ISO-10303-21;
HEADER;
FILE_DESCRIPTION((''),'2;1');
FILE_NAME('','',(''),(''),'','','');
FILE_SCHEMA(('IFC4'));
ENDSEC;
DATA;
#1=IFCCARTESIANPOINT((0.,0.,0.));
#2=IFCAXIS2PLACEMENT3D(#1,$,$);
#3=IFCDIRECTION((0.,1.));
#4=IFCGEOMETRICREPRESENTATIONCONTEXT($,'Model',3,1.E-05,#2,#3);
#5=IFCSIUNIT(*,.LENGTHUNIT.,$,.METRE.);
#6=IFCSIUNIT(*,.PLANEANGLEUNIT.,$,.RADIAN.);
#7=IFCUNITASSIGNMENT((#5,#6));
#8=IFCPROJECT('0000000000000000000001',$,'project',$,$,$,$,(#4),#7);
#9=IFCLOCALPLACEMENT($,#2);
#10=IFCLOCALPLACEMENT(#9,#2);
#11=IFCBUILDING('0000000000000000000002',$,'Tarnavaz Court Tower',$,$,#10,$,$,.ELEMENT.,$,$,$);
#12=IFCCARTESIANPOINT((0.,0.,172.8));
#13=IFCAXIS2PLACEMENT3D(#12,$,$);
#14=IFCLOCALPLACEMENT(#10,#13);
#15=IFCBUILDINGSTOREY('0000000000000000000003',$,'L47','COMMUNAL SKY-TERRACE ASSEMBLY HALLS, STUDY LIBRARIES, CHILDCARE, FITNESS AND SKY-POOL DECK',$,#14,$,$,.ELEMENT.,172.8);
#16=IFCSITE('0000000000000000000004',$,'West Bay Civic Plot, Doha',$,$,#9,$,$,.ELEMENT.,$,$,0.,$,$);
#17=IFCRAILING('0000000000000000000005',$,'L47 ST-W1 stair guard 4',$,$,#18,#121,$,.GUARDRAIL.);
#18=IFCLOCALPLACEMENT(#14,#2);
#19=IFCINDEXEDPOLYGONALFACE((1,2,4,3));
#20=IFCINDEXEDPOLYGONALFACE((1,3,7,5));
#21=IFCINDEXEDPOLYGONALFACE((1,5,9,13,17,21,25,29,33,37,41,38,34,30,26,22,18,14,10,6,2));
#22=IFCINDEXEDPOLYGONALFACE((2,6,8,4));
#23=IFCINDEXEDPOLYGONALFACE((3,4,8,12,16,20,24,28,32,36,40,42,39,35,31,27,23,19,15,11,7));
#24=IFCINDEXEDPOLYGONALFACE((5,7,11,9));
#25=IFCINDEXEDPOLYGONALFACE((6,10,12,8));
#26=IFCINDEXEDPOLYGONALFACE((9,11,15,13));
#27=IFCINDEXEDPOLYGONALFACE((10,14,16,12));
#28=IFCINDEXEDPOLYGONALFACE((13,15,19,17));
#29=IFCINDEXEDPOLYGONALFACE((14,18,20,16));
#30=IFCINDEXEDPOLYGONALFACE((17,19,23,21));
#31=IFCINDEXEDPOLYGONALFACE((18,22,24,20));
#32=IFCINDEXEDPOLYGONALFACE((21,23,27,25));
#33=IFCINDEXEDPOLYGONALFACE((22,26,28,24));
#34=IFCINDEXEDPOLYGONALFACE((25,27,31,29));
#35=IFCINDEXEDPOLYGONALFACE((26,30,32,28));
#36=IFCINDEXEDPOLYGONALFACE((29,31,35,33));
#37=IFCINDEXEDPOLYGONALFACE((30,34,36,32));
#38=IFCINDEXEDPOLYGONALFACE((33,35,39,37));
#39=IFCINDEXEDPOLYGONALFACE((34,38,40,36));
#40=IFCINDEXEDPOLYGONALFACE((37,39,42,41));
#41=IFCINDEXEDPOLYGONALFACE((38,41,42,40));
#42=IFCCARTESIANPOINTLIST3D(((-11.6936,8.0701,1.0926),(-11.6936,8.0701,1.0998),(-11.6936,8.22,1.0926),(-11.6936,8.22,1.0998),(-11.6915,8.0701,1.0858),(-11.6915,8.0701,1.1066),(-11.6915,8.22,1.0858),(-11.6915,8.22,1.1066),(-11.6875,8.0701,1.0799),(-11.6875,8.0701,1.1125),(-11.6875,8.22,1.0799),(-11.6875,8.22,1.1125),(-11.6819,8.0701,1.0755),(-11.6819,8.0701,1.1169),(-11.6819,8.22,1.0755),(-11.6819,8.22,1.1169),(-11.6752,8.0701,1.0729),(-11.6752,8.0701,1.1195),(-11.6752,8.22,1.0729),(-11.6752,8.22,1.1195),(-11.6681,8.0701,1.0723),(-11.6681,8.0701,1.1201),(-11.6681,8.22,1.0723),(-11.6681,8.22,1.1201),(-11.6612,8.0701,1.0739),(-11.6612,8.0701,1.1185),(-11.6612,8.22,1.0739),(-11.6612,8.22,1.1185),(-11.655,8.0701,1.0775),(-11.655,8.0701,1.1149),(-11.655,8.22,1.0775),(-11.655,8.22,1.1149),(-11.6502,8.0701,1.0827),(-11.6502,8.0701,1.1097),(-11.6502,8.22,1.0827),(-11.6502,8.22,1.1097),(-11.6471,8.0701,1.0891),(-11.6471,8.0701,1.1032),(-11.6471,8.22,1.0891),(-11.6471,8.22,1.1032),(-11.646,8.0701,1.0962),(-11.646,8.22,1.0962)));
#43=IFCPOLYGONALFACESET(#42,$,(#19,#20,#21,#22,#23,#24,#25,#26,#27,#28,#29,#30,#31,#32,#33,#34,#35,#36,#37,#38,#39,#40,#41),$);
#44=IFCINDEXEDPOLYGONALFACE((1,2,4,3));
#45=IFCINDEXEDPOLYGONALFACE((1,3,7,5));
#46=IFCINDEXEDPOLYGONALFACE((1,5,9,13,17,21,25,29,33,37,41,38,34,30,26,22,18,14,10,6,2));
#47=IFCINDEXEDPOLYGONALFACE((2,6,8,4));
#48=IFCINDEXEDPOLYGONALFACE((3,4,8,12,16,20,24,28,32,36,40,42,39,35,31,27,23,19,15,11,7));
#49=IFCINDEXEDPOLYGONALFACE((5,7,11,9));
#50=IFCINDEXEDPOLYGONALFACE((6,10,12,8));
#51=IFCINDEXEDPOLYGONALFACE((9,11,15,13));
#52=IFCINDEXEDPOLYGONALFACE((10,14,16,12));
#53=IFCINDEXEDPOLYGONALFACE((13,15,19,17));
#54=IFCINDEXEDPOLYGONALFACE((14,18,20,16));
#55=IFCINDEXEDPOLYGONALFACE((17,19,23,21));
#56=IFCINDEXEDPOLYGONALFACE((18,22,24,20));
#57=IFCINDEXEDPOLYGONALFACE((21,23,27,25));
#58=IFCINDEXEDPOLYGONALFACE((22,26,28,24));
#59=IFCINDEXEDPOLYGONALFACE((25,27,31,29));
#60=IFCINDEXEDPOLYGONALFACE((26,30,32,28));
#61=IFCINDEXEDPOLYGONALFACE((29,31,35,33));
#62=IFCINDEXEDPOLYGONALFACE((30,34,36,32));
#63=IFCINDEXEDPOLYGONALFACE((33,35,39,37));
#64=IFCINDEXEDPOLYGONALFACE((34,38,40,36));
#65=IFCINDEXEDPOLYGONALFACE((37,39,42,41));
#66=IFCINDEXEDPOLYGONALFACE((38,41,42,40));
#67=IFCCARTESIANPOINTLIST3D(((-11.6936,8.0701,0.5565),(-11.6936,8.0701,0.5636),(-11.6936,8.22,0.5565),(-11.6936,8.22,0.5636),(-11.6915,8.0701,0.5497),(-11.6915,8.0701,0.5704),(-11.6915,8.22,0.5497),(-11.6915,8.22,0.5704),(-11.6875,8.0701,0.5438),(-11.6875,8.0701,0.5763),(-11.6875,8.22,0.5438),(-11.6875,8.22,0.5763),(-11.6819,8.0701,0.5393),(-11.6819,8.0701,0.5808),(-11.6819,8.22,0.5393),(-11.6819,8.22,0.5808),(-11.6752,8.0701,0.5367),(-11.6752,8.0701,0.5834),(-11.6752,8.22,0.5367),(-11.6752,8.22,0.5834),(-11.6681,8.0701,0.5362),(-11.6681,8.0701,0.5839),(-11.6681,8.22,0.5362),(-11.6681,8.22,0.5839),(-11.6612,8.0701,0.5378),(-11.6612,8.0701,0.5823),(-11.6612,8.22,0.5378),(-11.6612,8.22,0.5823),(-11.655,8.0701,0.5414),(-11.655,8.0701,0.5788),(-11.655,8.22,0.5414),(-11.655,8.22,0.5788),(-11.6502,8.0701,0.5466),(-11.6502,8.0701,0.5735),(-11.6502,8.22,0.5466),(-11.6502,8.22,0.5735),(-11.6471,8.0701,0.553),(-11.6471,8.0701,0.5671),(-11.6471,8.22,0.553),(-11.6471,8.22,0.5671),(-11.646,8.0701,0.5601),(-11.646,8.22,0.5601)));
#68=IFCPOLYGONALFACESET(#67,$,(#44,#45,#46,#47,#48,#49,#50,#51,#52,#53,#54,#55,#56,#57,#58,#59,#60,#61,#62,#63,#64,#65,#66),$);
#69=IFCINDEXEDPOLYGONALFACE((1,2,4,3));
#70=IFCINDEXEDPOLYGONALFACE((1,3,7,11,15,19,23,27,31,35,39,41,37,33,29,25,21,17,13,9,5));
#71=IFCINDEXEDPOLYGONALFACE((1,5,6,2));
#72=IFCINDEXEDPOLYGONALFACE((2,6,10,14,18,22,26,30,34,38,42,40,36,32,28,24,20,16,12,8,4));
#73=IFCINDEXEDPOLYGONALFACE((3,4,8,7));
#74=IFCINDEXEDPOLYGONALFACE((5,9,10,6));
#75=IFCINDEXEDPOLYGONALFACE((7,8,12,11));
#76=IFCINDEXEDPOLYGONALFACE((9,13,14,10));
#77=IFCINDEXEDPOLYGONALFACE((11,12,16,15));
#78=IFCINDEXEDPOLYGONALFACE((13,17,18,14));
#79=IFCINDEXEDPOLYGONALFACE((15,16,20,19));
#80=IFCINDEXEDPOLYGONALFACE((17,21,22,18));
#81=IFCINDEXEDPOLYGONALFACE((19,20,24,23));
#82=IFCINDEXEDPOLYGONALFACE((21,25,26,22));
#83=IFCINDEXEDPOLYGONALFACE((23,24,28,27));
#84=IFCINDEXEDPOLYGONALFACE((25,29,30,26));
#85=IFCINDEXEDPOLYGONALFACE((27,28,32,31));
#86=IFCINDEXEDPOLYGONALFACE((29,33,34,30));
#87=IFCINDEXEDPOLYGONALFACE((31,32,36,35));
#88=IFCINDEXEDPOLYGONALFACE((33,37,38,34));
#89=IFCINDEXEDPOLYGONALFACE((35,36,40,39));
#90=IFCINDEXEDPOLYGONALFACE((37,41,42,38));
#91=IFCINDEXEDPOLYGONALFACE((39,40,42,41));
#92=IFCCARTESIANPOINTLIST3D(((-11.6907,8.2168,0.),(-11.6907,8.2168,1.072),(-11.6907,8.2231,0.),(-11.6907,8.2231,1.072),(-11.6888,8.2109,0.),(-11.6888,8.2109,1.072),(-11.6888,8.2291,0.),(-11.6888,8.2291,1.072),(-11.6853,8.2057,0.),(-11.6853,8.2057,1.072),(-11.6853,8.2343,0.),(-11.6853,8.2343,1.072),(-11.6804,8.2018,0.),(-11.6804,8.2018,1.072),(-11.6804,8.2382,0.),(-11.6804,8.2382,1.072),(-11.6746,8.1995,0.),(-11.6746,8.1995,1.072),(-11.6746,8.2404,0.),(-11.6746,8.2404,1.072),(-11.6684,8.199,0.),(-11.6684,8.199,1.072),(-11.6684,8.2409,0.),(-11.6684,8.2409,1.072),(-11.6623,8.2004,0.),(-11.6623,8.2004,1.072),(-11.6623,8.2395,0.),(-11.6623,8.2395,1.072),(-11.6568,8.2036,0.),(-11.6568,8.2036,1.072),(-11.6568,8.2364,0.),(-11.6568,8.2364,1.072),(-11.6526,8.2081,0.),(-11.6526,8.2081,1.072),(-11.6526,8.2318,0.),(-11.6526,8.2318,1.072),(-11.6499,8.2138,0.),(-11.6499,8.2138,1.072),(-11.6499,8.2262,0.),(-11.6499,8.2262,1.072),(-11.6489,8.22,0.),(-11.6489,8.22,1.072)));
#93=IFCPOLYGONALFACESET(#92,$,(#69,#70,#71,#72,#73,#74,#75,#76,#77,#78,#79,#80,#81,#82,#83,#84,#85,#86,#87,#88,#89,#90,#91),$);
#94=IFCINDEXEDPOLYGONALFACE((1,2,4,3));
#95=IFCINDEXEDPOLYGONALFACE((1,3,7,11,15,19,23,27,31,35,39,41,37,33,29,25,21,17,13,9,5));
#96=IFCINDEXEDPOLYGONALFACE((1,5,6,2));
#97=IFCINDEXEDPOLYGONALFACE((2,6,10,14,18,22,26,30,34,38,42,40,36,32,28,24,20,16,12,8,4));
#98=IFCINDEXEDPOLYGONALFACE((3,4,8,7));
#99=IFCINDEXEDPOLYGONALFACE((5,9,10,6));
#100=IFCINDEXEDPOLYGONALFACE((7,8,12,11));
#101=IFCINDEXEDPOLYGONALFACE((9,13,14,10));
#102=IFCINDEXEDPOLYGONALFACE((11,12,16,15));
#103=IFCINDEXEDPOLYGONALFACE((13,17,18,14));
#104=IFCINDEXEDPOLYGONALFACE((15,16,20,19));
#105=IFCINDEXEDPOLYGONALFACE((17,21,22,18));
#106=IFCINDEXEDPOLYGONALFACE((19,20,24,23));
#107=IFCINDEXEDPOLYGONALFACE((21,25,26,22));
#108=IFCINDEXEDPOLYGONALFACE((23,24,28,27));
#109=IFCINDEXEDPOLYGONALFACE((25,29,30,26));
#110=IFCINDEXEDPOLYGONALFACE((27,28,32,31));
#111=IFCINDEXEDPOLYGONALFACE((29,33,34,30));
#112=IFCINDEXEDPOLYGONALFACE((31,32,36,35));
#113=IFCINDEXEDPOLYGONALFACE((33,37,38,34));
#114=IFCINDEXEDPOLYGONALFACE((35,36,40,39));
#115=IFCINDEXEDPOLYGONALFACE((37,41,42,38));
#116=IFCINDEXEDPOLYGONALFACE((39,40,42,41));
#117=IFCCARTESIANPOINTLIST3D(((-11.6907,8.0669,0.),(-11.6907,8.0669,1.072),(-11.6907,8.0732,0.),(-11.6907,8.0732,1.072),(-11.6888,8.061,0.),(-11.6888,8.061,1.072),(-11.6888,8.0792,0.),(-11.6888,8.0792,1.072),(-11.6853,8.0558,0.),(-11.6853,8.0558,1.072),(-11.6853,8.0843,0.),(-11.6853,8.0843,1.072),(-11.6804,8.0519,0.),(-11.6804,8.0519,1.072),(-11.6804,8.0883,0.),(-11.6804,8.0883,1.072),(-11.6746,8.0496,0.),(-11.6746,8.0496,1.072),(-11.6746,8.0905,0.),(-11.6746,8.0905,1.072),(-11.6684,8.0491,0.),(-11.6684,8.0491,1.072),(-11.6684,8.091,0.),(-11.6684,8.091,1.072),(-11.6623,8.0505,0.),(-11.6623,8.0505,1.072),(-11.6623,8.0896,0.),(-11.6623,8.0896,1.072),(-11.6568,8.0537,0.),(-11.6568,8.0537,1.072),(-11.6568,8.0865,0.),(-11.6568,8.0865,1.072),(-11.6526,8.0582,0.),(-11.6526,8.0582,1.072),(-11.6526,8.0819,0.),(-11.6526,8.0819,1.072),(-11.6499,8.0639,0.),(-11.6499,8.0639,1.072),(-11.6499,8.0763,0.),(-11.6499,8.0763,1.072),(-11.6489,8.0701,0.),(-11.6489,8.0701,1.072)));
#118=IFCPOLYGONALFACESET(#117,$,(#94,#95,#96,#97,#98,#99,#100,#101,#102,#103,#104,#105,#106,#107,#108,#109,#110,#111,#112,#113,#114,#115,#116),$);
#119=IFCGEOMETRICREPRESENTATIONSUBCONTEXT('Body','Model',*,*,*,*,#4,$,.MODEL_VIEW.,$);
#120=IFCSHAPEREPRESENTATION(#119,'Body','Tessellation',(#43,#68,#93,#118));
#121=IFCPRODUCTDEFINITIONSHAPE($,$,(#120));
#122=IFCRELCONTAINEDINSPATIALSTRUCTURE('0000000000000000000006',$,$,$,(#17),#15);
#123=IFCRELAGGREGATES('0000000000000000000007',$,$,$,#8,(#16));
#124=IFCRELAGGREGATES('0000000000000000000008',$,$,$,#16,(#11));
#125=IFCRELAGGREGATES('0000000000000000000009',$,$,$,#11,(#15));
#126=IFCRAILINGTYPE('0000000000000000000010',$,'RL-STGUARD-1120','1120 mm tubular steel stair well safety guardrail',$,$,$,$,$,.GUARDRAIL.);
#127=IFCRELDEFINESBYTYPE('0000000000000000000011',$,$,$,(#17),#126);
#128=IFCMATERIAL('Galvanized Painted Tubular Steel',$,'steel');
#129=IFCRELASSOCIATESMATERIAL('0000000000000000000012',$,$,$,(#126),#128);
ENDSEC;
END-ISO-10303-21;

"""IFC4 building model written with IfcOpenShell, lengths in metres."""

from ifc_helpers import new_model, si_unit, direction, frame, origin, origin_2d, place, context, subcontext, project, spatial, circle, extrude, material, type_object, element, save


model = new_model("IFC4")

# Units and contexts
model_context = context("Model", 3, precision=1e-05, world=origin(), true_north=direction((0.0, 1.0)))
body_context = subcontext(model_context, "Body", "Model", "MODEL_VIEW")
ifc_project = project(units=[si_unit("LENGTHUNIT", "METRE"), si_unit("PLANEANGLEUNIT", "RADIAN")], contexts=[model_context])

# Site, building, storey
site_placement = place(None, origin())
site = spatial("IfcSite", under=ifc_project, at=site_placement, Name="West Bay Civic Plot, Doha", CompositionType="ELEMENT", RefElevation=0.0)
building_placement = place(site_placement, origin())
building = spatial("IfcBuilding", under=site, at=building_placement, Name="Tarnavaz Court Tower", CompositionType="ELEMENT")
storey_placement = place(building_placement, frame((0.0, 0.0, 172.8)))
storey = spatial("IfcBuildingStorey", under=building, at=storey_placement, Name="L47", Description="COMMUNAL SKY-TERRACE ASSEMBLY HALLS, STUDY LIBRARIES, CHILDCARE, FITNESS AND SKY-POOL DECK", CompositionType="ELEMENT", Elevation=172.8)

# Railing
ifc_material_1 = material(Name="Galvanized Painted Tubular Steel", Category="steel")
railing_type_1 = type_object("IfcRailingType", Name="RL-STGUARD-1120", Description="1120 mm tubular steel stair well safety guardrail", PredefinedType="GUARDRAIL", material=ifc_material_1)
railing_1_placement = place(storey_placement, frame((-11.6699, 8.22, 0.0)))
element("IfcRailing", 1, at=railing_1_placement, inside=storey, type_object=railing_type_1, Name="L47 ST-W1 stair guard 4", PredefinedType="GUARDRAIL", context=body_context, shape_type="SweptSolid", body=[
    extrude(circle(Radius=0.0239, at=origin_2d()), frame((0.0, 0.0, 1.0962), z_axis=(0.0, -1.0, 0.0), x_axis=(1.0, 0.0, 0.0)), (0.0, 0.0, 1.0), 0.1499),
    extrude(circle(Radius=0.0239, at=origin_2d()), frame((0.0, 0.0, 0.5601), z_axis=(0.0, -1.0, 0.0), x_axis=(1.0, 0.0, 0.0)), (0.0, 0.0, 1.0), 0.1499),
    extrude(circle(Radius=0.021, at=origin_2d()), origin(), (0.0, 0.0, 1.0), 1.072),
    extrude(circle(Radius=0.021, at=origin_2d()), frame((0.0, -0.1499, 0.0)), (0.0, 0.0, 1.0), 1.072),
])

save(model, "model.ifc")
